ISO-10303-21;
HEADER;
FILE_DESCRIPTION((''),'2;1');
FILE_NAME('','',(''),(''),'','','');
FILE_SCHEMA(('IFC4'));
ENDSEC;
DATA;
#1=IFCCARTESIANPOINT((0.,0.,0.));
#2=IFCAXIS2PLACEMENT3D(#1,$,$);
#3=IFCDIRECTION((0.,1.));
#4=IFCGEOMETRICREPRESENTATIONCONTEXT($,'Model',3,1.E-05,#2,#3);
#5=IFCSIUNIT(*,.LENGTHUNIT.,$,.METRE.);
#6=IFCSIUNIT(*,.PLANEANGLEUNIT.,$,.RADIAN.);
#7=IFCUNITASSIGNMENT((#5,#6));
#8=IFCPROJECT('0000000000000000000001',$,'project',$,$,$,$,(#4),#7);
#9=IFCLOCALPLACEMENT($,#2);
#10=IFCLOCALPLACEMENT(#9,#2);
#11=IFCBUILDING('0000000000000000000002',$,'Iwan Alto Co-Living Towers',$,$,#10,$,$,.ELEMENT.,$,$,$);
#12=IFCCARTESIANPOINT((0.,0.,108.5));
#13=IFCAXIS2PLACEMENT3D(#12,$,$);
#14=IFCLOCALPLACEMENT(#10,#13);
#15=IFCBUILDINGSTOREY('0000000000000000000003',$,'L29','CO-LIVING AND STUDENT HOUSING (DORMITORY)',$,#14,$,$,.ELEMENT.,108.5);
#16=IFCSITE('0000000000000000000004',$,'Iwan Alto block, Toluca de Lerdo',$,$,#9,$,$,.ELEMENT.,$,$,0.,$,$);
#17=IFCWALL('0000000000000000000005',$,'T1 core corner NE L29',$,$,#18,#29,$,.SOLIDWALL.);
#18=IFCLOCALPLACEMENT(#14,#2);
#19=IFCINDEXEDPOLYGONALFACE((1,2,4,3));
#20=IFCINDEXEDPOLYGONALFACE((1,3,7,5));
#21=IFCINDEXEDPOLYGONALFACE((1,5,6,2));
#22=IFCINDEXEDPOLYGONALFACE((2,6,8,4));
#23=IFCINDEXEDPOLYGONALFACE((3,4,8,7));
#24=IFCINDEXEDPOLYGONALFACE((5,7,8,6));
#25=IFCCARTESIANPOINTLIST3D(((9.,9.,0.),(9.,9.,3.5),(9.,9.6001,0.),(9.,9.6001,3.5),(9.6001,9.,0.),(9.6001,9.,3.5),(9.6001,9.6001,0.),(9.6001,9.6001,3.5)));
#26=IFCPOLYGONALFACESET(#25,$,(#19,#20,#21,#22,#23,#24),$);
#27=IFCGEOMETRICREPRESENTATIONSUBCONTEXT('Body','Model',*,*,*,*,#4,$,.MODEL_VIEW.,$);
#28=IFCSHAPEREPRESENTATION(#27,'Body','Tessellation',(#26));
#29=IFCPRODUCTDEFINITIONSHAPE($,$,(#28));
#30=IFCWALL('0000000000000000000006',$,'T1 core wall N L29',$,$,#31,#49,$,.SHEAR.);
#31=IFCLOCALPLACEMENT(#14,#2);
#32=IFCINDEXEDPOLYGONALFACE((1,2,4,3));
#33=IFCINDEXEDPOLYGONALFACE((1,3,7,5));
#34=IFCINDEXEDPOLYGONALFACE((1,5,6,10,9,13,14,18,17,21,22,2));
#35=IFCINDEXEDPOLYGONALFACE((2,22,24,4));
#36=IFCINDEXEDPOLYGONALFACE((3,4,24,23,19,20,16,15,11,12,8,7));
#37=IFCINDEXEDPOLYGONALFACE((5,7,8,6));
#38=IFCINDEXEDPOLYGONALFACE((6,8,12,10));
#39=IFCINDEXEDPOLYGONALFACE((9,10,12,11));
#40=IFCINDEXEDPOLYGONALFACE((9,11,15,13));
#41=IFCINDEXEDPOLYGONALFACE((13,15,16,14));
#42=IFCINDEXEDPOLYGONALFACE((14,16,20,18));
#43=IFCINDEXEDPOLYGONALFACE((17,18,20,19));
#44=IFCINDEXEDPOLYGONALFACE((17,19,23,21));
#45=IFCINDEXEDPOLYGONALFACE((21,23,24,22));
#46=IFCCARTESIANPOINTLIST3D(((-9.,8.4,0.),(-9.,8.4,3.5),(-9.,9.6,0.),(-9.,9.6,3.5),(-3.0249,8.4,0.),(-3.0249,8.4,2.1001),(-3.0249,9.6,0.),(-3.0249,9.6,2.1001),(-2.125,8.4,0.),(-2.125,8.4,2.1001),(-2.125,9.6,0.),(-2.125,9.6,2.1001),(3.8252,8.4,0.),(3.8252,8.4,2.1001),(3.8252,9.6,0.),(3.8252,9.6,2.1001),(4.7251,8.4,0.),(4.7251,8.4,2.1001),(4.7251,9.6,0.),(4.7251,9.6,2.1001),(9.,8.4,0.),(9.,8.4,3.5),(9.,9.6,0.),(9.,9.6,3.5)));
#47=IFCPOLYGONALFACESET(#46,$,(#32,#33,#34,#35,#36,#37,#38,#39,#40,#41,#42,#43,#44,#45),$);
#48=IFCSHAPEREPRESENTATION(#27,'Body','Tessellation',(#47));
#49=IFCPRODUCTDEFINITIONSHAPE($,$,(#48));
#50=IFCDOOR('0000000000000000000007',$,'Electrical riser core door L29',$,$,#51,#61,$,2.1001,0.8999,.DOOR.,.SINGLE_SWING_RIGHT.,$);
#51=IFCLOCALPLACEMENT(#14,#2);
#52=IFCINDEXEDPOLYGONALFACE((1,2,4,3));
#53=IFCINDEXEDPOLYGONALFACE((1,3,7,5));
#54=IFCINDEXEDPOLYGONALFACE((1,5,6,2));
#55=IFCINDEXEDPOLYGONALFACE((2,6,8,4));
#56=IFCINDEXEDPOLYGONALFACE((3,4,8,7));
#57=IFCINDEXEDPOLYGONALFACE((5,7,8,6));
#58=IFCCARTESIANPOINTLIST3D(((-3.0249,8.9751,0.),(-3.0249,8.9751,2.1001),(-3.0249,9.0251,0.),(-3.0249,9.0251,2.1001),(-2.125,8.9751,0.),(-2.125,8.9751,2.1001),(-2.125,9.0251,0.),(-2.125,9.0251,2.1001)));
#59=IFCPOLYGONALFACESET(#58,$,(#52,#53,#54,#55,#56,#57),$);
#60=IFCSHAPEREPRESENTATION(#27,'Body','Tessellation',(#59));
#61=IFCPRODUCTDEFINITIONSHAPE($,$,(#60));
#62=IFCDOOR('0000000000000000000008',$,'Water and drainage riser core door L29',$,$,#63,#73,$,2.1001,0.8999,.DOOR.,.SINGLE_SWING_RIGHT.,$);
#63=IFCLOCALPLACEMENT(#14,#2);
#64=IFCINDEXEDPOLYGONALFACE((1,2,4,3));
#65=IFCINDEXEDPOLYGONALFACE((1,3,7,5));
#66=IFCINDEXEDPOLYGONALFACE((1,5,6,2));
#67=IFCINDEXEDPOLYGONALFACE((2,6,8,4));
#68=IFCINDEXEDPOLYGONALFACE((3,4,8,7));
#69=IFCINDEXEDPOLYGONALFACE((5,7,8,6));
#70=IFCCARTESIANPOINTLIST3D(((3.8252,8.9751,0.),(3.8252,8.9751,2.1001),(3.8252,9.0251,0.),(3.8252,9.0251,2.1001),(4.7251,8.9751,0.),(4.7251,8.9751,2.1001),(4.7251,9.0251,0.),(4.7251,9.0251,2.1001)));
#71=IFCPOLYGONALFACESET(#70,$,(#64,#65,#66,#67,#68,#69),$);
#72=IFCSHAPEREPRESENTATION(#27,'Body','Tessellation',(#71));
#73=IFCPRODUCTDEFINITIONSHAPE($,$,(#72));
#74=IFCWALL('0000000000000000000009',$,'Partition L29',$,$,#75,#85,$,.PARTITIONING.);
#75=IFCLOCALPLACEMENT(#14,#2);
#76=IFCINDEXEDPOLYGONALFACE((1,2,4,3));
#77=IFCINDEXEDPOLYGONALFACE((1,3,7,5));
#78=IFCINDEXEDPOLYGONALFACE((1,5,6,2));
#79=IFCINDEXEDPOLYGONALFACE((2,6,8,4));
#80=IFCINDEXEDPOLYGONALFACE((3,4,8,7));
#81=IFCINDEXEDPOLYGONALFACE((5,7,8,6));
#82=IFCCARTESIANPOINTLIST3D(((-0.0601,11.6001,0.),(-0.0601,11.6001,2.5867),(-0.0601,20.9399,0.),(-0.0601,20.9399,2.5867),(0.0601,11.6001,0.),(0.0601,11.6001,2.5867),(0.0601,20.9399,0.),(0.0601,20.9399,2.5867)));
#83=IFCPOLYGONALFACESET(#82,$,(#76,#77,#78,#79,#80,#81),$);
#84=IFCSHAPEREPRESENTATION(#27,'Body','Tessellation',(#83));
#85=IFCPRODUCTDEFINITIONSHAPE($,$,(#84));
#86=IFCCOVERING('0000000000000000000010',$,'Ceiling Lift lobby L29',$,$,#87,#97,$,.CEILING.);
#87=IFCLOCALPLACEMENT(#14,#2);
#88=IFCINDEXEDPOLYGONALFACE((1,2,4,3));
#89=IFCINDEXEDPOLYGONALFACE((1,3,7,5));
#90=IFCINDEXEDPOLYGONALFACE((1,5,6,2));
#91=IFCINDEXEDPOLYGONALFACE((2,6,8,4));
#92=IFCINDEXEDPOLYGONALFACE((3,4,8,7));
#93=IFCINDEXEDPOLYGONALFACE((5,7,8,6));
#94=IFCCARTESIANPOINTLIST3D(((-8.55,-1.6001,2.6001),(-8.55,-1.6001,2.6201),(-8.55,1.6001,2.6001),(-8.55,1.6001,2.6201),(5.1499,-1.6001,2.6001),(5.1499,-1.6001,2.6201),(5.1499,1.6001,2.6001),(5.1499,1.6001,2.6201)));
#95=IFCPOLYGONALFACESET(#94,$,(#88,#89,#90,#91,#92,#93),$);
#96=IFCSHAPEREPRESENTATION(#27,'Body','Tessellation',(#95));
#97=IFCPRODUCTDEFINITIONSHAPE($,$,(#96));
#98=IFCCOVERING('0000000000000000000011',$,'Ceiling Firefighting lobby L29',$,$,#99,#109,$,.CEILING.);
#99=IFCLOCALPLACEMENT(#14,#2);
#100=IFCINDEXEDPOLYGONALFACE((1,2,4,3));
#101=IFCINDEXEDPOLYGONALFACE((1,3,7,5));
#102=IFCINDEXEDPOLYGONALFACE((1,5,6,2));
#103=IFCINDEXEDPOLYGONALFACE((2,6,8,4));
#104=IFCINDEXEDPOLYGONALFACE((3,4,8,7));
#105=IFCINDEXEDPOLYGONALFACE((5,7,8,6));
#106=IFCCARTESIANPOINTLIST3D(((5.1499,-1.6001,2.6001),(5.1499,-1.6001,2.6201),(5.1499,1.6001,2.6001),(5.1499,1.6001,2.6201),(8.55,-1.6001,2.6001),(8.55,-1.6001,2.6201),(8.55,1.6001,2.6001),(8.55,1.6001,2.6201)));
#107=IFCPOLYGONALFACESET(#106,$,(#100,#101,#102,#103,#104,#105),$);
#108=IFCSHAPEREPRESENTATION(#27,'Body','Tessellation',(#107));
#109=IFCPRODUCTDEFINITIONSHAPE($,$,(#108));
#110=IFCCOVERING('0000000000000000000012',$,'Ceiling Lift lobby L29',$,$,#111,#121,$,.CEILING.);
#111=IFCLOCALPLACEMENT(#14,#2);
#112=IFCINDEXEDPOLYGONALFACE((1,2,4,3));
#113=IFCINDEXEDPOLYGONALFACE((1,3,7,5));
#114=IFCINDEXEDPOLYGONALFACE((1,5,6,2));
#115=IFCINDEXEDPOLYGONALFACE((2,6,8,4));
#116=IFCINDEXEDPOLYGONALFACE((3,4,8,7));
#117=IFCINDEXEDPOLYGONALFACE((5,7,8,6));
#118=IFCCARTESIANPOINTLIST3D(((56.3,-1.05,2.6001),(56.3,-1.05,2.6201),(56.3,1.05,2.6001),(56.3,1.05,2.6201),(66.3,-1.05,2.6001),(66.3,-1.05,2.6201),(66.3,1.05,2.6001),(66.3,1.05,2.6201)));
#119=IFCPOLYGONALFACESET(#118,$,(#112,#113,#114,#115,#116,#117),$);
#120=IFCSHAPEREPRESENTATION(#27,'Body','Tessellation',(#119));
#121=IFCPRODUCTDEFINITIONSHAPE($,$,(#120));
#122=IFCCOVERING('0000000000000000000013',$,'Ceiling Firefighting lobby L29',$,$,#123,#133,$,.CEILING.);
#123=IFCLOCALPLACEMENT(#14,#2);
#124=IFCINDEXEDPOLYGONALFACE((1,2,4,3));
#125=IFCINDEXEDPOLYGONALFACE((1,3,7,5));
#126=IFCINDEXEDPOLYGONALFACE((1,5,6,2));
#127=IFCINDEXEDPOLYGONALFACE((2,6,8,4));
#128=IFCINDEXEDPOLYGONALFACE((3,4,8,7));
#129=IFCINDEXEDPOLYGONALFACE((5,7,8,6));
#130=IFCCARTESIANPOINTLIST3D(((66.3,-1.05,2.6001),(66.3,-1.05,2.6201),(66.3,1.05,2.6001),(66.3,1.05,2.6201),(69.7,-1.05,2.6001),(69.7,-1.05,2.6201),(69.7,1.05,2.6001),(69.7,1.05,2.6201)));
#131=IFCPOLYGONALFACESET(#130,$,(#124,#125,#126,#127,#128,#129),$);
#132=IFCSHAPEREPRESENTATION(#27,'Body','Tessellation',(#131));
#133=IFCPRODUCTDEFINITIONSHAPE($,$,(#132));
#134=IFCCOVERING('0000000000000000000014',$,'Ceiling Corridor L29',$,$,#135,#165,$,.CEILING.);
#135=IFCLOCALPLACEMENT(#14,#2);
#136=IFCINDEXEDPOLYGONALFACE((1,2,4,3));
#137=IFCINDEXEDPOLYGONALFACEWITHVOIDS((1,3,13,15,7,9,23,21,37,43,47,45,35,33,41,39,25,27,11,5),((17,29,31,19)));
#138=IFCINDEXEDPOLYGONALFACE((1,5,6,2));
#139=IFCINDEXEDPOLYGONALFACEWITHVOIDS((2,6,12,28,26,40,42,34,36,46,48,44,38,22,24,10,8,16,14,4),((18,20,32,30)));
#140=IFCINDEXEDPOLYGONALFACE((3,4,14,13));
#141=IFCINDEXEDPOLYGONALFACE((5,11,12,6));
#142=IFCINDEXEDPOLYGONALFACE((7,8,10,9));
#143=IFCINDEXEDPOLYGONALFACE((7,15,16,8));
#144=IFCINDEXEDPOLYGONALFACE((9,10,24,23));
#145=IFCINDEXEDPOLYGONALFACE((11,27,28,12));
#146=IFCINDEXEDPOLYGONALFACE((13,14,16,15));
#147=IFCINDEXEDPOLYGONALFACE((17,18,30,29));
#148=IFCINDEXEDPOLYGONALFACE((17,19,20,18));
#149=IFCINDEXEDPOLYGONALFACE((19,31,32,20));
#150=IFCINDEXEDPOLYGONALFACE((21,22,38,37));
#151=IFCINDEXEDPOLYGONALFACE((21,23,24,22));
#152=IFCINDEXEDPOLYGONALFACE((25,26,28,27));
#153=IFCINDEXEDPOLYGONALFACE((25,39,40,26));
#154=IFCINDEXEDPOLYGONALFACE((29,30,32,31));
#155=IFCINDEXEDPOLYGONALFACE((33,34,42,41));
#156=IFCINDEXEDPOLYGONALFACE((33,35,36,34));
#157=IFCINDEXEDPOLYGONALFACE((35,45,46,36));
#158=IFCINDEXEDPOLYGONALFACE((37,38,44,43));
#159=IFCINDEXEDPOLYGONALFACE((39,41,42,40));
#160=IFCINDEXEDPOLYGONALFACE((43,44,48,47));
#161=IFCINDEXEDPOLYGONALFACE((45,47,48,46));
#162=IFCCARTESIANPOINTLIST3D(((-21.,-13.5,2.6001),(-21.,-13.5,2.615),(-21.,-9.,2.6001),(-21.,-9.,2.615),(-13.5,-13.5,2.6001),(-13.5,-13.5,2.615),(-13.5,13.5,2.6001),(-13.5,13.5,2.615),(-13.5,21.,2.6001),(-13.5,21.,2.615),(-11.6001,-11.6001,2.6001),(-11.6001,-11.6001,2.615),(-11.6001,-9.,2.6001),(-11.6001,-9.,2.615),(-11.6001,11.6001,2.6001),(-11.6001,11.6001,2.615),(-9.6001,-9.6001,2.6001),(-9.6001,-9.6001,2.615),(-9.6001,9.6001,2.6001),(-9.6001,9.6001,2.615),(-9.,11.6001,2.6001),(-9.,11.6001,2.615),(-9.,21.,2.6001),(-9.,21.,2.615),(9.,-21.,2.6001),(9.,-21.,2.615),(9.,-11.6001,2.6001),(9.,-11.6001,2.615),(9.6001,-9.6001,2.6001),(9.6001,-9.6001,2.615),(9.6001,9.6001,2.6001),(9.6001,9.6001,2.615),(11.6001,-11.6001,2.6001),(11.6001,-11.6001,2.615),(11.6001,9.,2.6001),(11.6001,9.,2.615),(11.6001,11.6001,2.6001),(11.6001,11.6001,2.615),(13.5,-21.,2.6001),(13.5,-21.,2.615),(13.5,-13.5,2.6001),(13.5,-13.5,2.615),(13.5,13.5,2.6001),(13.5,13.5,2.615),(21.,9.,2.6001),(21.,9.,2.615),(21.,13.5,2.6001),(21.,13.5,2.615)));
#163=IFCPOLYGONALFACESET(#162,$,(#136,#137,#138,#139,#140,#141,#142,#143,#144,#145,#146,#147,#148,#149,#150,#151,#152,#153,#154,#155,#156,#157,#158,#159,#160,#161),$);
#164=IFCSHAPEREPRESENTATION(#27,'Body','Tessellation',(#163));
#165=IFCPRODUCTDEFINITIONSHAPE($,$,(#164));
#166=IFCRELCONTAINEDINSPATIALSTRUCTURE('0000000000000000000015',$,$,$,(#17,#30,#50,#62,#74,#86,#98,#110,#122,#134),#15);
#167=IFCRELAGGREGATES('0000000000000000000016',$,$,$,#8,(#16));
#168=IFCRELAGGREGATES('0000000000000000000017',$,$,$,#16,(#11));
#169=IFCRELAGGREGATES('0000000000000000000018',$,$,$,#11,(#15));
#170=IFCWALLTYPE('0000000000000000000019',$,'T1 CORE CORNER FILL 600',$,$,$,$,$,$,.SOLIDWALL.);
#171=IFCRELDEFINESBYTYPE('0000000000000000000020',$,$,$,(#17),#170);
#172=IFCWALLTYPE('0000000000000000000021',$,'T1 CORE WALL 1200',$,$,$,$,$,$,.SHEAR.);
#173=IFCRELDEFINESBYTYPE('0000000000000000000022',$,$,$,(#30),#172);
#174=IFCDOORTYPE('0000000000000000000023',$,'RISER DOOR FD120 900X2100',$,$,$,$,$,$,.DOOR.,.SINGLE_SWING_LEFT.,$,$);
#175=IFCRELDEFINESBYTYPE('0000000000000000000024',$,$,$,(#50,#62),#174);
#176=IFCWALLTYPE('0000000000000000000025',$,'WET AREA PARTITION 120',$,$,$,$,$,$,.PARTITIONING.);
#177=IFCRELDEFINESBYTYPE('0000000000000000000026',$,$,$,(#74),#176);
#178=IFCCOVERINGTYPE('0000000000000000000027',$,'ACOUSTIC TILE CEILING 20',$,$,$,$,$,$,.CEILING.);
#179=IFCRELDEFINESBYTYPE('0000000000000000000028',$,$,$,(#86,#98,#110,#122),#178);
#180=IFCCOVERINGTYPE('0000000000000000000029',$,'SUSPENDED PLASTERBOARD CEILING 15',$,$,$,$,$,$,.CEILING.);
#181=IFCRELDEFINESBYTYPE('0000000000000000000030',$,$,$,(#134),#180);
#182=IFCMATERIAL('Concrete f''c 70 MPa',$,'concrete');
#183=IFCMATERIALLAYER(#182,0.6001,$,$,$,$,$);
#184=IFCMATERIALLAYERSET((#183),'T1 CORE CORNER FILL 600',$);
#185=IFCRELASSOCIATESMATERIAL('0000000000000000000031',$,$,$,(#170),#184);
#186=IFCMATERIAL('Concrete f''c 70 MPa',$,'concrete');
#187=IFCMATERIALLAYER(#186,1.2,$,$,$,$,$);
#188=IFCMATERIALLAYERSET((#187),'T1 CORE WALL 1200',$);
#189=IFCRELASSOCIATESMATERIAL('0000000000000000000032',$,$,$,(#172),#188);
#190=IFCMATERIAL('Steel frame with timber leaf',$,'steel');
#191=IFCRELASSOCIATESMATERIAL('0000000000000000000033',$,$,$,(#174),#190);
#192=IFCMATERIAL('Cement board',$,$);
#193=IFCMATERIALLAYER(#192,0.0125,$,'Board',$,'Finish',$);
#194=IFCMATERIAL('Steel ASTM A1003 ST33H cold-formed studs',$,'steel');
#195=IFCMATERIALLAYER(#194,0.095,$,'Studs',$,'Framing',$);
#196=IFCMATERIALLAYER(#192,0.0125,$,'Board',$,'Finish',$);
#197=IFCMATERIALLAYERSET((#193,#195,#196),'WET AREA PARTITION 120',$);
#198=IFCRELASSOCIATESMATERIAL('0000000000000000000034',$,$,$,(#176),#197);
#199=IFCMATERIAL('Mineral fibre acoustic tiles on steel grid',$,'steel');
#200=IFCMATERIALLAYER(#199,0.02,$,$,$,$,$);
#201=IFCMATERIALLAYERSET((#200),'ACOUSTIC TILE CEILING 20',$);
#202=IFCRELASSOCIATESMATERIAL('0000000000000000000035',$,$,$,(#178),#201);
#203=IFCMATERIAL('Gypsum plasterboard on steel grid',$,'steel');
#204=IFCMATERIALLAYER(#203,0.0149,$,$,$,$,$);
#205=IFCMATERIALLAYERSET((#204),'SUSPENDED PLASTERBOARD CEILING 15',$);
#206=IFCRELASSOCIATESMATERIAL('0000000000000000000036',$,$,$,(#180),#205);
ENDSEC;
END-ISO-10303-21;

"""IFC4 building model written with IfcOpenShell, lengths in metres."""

from ifc_helpers import new_model, si_unit, direction, frame, frame_2d, origin, place, context, subcontext, project, spatial, polyline, rectangle, outline, extrude, material, layer, layer_set, type_object, element, fill, save


model = new_model("IFC4")

# Units and contexts
model_context = context("Model", 3, precision=1e-05, world=origin(), true_north=direction((0.0, 1.0)))
body_context = subcontext(model_context, "Body", "Model", "MODEL_VIEW")
ifc_project = project(units=[si_unit("LENGTHUNIT", "METRE"), si_unit("PLANEANGLEUNIT", "RADIAN")], contexts=[model_context])

# Site, building, storey
site_placement = place(None, origin())
site = spatial("IfcSite", under=ifc_project, at=site_placement, Name="Iwan Alto block, Toluca de Lerdo", CompositionType="ELEMENT", RefElevation=0.0)
building_placement = place(site_placement, origin())
building = spatial("IfcBuilding", under=site, at=building_placement, Name="Iwan Alto Co-Living Towers", CompositionType="ELEMENT")
storey_placement = place(building_placement, frame((0.0, 0.0, 108.5)))
storey = spatial("IfcBuildingStorey", under=building, at=storey_placement, Name="L29", Description="CO-LIVING AND STUDENT HOUSING (DORMITORY)", CompositionType="ELEMENT", Elevation=108.5)

# Wall
ifc_material_1 = material(Name="Concrete f'c 70 MPa", Category="concrete")
ifc_layer_1 = layer(ifc_material_1, 0.6001)
ifc_layer_set_1 = layer_set([ifc_layer_1], Name="T1 CORE CORNER FILL 600")
wall_type_1 = type_object("IfcWallType", Name="T1 CORE CORNER FILL 600", PredefinedType="SOLIDWALL", material=ifc_layer_set_1)
wall_1_placement = place(storey_placement, frame((9.0, 9.3, 0.0), z_axis=(0.0, 0.0, 1.0), x_axis=(1.0, 0.0, 0.0)))
element("IfcWall", 1, at=wall_1_placement, inside=storey, type_object=wall_type_1, Name="T1 core corner NE L29", PredefinedType="SOLIDWALL", context=body_context, shape_type="SweptSolid", body=[
    extrude(rectangle(XDim=0.6001, YDim=0.6001, at=frame_2d((0.3, 0.0))), origin(), (0.0, 0.0, 1.0), 3.5),
])

# Wall, openings, doors
ifc_material_2 = material(Name="Concrete f'c 70 MPa", Category="concrete")
ifc_layer_2 = layer(ifc_material_2, 1.2)
ifc_layer_set_2 = layer_set([ifc_layer_2], Name="T1 CORE WALL 1200")
wall_type_2 = type_object("IfcWallType", Name="T1 CORE WALL 1200", PredefinedType="SHEAR", material=ifc_layer_set_2)
wall_2_placement = place(storey_placement, frame((9.0, 9.0, 0.0), z_axis=(0.0, 0.0, 1.0), x_axis=(-1.0, 0.0, 0.0)))
wall_2 = element("IfcWall", 2, at=wall_2_placement, inside=storey, type_object=wall_type_2, Name="T1 core wall N L29", PredefinedType="SHEAR", context=body_context, shape_type="SweptSolid", body=[
    extrude(rectangle(XDim=18.0, YDim=1.2, at=frame_2d((9.0, 0.0))), origin(), (0.0, 0.0, 1.0), 3.5),
])
opening_1_placement = place(wall_2_placement, frame((11.125, 0.0, 0.0)))
opening_1 = element("IfcOpeningElement", 3, at=opening_1_placement, cuts=wall_2, PredefinedType="OPENING", context=body_context, shape_type="SweptSolid", body=[
    extrude(rectangle(XDim=0.8999, YDim=2.1001, at=frame_2d((0.45, 1.05))), frame((0.0, 0.6099, 0.0), z_axis=(0.0, -1.0, 0.0), x_axis=(1.0, 0.0, 0.0)), (0.0, 0.0, 1.0), 1.22),
])
opening_2_placement = place(wall_2_placement, frame((4.2749, 0.0, 0.0)))
opening_2 = element("IfcOpeningElement", 4, at=opening_2_placement, cuts=wall_2, PredefinedType="OPENING", context=body_context, shape_type="SweptSolid", body=[
    extrude(rectangle(XDim=0.8999, YDim=2.1001, at=frame_2d((0.45, 1.05))), frame((0.0, 0.6099, 0.0), z_axis=(0.0, -1.0, 0.0), x_axis=(1.0, 0.0, 0.0)), (0.0, 0.0, 1.0), 1.22),
])
ifc_material_3 = material(Name="Steel frame with timber leaf", Category="steel")
door_type = type_object("IfcDoorType", Name="RISER DOOR FD120 900X2100", OperationType="SINGLE_SWING_LEFT", PredefinedType="DOOR", material=ifc_material_3)
door_1_placement = place(opening_1_placement, origin())
door_1 = element("IfcDoor", 5, at=door_1_placement, inside=storey, type_object=door_type, Name="Electrical riser core door L29", OperationType="SINGLE_SWING_RIGHT", OverallHeight=2.1001, OverallWidth=0.8999, PredefinedType="DOOR", context=body_context, shape_type="SweptSolid", body=[
    extrude(rectangle(XDim=0.8999, YDim=2.1001, at=frame_2d((0.45, 1.05))), frame((0.0, 0.0249, 0.0), z_axis=(0.0, -1.0, 0.0), x_axis=(1.0, 0.0, 0.0)), (0.0, 0.0, 1.0), 0.05),
])
fill(opening_1, door_1)
door_2_placement = place(opening_2_placement, origin())
door_2 = element("IfcDoor", 6, at=door_2_placement, inside=storey, type_object=door_type, Name="Water and drainage riser core door L29", OperationType="SINGLE_SWING_RIGHT", OverallHeight=2.1001, OverallWidth=0.8999, PredefinedType="DOOR", context=body_context, shape_type="SweptSolid", body=[
    extrude(rectangle(XDim=0.8999, YDim=2.1001, at=frame_2d((0.45, 1.05))), frame((0.0, 0.0249, 0.0), z_axis=(0.0, -1.0, 0.0), x_axis=(1.0, 0.0, 0.0)), (0.0, 0.0, 1.0), 0.05),
])
fill(opening_2, door_2)

# Wall
ifc_material_4 = material(Name="Cement board")
ifc_layer_3 = layer(ifc_material_4, 0.0125, Name="Board", Category="Finish")
ifc_material_5 = material(Name="Steel ASTM A1003 ST33H cold-formed studs", Category="steel")
ifc_layer_4 = layer(ifc_material_5, 0.095, Name="Studs", Category="Framing")
ifc_layer_5 = layer(ifc_material_4, 0.0125, Name="Board", Category="Finish")
ifc_layer_set_3 = layer_set([ifc_layer_3, ifc_layer_4, ifc_layer_5], Name="WET AREA PARTITION 120")
wall_type_3 = type_object("IfcWallType", Name="WET AREA PARTITION 120", PredefinedType="PARTITIONING", material=ifc_layer_set_3)
wall_3_placement = place(storey_placement, frame((0.0, 11.6001, 0.0), z_axis=(0.0, 0.0, 1.0), x_axis=(0.0, 1.0, 0.0)))
element("IfcWall", 7, at=wall_3_placement, inside=storey, type_object=wall_type_3, Name="Partition L29", PredefinedType="PARTITIONING", context=body_context, shape_type="SweptSolid", body=[
    extrude(rectangle(XDim=9.3398, YDim=0.1201, at=frame_2d((4.6699, 0.0))), origin(), (0.0, 0.0, 1.0), 2.5867),
])

# Coverings
ifc_material_6 = material(Name="Mineral fibre acoustic tiles on steel grid", Category="steel")
ifc_layer_6 = layer(ifc_material_6, 0.02)
ifc_layer_set_4 = layer_set([ifc_layer_6], Name="ACOUSTIC TILE CEILING 20")
covering_type_1 = type_object("IfcCoveringType", Name="ACOUSTIC TILE CEILING 20", PredefinedType="CEILING", material=ifc_layer_set_4)
covering_1_placement = place(storey_placement, frame((0.0, 0.0, 2.6001)))
element("IfcCovering", 8, at=covering_1_placement, inside=storey, type_object=covering_type_1, Name="Ceiling Lift lobby L29", PredefinedType="CEILING", context=body_context, shape_type="SweptSolid", body=[
    extrude(outline(polyline([(-8.55, -1.6001), (-8.55, 1.6001), (5.1499, 1.6001), (5.1499, -1.6001), (-8.55, -1.6001)])), origin(), (0.0, 0.0, 1.0), 0.02),
])
covering_2_placement = place(storey_placement, frame((0.0, 0.0, 2.6001)))
element("IfcCovering", 9, at=covering_2_placement, inside=storey, type_object=covering_type_1, Name="Ceiling Firefighting lobby L29", PredefinedType="CEILING", context=body_context, shape_type="SweptSolid", body=[
    extrude(outline(polyline([(5.1499, -1.6001), (5.1499, 1.6001), (8.55, 1.6001), (8.55, -1.6001), (5.1499, -1.6001)])), origin(), (0.0, 0.0, 1.0), 0.02),
])
covering_3_placement = place(storey_placement, frame((0.0, 0.0, 2.6001)))
element("IfcCovering", 10, at=covering_3_placement, inside=storey, type_object=covering_type_1, Name="Ceiling Lift lobby L29", PredefinedType="CEILING", context=body_context, shape_type="SweptSolid", body=[
    extrude(outline(polyline([(56.3, -1.05), (56.3, 1.05), (66.3, 1.05), (66.3, -1.05), (56.3, -1.05)])), origin(), (0.0, 0.0, 1.0), 0.02),
])
covering_4_placement = place(storey_placement, frame((0.0, 0.0, 2.6001)))
element("IfcCovering", 11, at=covering_4_placement, inside=storey, type_object=covering_type_1, Name="Ceiling Firefighting lobby L29", PredefinedType="CEILING", context=body_context, shape_type="SweptSolid", body=[
    extrude(outline(polyline([(66.3, -1.05), (66.3, 1.05), (69.7, 1.05), (69.7, -1.05), (66.3, -1.05)])), origin(), (0.0, 0.0, 1.0), 0.02),
])
ifc_material_7 = material(Name="Gypsum plasterboard on steel grid", Category="steel")
ifc_layer_7 = layer(ifc_material_7, 0.0149)
ifc_layer_set_5 = layer_set([ifc_layer_7], Name="SUSPENDED PLASTERBOARD CEILING 15")
covering_type_2 = type_object("IfcCoveringType", Name="SUSPENDED PLASTERBOARD CEILING 15", PredefinedType="CEILING", material=ifc_layer_set_5)
covering_5_placement = place(storey_placement, frame((0.0, 0.0, 2.6001)))
element("IfcCovering", 12, at=covering_5_placement, inside=storey, type_object=covering_type_2, Name="Ceiling Corridor L29", PredefinedType="CEILING", context=body_context, shape_type="SweptSolid", body=[
    extrude(outline(polyline([(13.5, -21.0), (9.0, -21.0), (9.0, -11.6001), (-11.6001, -11.6001), (-13.5, -13.5), (-21.0, -13.5), (-21.0, -9.0), (-11.6001, -9.0), (-11.6001, 11.6001), (-13.5, 13.5), (-13.5, 21.0), (-9.0, 21.0), (-9.0, 11.6001), (11.6001, 11.6001), (13.5, 13.5), (21.0, 13.5), (21.0, 9.0), (11.6001, 9.0), (11.6001, -11.6001), (13.5, -13.5), (13.5, -21.0)]), holes=[polyline([(9.6001, -9.6001), (9.6001, 9.6001), (-9.6001, 9.6001), (-9.6001, -9.6001), (9.6001, -9.6001)])]), origin(), (0.0, 0.0, 1.0), 0.0149),
])

save(model, "model.ifc")
